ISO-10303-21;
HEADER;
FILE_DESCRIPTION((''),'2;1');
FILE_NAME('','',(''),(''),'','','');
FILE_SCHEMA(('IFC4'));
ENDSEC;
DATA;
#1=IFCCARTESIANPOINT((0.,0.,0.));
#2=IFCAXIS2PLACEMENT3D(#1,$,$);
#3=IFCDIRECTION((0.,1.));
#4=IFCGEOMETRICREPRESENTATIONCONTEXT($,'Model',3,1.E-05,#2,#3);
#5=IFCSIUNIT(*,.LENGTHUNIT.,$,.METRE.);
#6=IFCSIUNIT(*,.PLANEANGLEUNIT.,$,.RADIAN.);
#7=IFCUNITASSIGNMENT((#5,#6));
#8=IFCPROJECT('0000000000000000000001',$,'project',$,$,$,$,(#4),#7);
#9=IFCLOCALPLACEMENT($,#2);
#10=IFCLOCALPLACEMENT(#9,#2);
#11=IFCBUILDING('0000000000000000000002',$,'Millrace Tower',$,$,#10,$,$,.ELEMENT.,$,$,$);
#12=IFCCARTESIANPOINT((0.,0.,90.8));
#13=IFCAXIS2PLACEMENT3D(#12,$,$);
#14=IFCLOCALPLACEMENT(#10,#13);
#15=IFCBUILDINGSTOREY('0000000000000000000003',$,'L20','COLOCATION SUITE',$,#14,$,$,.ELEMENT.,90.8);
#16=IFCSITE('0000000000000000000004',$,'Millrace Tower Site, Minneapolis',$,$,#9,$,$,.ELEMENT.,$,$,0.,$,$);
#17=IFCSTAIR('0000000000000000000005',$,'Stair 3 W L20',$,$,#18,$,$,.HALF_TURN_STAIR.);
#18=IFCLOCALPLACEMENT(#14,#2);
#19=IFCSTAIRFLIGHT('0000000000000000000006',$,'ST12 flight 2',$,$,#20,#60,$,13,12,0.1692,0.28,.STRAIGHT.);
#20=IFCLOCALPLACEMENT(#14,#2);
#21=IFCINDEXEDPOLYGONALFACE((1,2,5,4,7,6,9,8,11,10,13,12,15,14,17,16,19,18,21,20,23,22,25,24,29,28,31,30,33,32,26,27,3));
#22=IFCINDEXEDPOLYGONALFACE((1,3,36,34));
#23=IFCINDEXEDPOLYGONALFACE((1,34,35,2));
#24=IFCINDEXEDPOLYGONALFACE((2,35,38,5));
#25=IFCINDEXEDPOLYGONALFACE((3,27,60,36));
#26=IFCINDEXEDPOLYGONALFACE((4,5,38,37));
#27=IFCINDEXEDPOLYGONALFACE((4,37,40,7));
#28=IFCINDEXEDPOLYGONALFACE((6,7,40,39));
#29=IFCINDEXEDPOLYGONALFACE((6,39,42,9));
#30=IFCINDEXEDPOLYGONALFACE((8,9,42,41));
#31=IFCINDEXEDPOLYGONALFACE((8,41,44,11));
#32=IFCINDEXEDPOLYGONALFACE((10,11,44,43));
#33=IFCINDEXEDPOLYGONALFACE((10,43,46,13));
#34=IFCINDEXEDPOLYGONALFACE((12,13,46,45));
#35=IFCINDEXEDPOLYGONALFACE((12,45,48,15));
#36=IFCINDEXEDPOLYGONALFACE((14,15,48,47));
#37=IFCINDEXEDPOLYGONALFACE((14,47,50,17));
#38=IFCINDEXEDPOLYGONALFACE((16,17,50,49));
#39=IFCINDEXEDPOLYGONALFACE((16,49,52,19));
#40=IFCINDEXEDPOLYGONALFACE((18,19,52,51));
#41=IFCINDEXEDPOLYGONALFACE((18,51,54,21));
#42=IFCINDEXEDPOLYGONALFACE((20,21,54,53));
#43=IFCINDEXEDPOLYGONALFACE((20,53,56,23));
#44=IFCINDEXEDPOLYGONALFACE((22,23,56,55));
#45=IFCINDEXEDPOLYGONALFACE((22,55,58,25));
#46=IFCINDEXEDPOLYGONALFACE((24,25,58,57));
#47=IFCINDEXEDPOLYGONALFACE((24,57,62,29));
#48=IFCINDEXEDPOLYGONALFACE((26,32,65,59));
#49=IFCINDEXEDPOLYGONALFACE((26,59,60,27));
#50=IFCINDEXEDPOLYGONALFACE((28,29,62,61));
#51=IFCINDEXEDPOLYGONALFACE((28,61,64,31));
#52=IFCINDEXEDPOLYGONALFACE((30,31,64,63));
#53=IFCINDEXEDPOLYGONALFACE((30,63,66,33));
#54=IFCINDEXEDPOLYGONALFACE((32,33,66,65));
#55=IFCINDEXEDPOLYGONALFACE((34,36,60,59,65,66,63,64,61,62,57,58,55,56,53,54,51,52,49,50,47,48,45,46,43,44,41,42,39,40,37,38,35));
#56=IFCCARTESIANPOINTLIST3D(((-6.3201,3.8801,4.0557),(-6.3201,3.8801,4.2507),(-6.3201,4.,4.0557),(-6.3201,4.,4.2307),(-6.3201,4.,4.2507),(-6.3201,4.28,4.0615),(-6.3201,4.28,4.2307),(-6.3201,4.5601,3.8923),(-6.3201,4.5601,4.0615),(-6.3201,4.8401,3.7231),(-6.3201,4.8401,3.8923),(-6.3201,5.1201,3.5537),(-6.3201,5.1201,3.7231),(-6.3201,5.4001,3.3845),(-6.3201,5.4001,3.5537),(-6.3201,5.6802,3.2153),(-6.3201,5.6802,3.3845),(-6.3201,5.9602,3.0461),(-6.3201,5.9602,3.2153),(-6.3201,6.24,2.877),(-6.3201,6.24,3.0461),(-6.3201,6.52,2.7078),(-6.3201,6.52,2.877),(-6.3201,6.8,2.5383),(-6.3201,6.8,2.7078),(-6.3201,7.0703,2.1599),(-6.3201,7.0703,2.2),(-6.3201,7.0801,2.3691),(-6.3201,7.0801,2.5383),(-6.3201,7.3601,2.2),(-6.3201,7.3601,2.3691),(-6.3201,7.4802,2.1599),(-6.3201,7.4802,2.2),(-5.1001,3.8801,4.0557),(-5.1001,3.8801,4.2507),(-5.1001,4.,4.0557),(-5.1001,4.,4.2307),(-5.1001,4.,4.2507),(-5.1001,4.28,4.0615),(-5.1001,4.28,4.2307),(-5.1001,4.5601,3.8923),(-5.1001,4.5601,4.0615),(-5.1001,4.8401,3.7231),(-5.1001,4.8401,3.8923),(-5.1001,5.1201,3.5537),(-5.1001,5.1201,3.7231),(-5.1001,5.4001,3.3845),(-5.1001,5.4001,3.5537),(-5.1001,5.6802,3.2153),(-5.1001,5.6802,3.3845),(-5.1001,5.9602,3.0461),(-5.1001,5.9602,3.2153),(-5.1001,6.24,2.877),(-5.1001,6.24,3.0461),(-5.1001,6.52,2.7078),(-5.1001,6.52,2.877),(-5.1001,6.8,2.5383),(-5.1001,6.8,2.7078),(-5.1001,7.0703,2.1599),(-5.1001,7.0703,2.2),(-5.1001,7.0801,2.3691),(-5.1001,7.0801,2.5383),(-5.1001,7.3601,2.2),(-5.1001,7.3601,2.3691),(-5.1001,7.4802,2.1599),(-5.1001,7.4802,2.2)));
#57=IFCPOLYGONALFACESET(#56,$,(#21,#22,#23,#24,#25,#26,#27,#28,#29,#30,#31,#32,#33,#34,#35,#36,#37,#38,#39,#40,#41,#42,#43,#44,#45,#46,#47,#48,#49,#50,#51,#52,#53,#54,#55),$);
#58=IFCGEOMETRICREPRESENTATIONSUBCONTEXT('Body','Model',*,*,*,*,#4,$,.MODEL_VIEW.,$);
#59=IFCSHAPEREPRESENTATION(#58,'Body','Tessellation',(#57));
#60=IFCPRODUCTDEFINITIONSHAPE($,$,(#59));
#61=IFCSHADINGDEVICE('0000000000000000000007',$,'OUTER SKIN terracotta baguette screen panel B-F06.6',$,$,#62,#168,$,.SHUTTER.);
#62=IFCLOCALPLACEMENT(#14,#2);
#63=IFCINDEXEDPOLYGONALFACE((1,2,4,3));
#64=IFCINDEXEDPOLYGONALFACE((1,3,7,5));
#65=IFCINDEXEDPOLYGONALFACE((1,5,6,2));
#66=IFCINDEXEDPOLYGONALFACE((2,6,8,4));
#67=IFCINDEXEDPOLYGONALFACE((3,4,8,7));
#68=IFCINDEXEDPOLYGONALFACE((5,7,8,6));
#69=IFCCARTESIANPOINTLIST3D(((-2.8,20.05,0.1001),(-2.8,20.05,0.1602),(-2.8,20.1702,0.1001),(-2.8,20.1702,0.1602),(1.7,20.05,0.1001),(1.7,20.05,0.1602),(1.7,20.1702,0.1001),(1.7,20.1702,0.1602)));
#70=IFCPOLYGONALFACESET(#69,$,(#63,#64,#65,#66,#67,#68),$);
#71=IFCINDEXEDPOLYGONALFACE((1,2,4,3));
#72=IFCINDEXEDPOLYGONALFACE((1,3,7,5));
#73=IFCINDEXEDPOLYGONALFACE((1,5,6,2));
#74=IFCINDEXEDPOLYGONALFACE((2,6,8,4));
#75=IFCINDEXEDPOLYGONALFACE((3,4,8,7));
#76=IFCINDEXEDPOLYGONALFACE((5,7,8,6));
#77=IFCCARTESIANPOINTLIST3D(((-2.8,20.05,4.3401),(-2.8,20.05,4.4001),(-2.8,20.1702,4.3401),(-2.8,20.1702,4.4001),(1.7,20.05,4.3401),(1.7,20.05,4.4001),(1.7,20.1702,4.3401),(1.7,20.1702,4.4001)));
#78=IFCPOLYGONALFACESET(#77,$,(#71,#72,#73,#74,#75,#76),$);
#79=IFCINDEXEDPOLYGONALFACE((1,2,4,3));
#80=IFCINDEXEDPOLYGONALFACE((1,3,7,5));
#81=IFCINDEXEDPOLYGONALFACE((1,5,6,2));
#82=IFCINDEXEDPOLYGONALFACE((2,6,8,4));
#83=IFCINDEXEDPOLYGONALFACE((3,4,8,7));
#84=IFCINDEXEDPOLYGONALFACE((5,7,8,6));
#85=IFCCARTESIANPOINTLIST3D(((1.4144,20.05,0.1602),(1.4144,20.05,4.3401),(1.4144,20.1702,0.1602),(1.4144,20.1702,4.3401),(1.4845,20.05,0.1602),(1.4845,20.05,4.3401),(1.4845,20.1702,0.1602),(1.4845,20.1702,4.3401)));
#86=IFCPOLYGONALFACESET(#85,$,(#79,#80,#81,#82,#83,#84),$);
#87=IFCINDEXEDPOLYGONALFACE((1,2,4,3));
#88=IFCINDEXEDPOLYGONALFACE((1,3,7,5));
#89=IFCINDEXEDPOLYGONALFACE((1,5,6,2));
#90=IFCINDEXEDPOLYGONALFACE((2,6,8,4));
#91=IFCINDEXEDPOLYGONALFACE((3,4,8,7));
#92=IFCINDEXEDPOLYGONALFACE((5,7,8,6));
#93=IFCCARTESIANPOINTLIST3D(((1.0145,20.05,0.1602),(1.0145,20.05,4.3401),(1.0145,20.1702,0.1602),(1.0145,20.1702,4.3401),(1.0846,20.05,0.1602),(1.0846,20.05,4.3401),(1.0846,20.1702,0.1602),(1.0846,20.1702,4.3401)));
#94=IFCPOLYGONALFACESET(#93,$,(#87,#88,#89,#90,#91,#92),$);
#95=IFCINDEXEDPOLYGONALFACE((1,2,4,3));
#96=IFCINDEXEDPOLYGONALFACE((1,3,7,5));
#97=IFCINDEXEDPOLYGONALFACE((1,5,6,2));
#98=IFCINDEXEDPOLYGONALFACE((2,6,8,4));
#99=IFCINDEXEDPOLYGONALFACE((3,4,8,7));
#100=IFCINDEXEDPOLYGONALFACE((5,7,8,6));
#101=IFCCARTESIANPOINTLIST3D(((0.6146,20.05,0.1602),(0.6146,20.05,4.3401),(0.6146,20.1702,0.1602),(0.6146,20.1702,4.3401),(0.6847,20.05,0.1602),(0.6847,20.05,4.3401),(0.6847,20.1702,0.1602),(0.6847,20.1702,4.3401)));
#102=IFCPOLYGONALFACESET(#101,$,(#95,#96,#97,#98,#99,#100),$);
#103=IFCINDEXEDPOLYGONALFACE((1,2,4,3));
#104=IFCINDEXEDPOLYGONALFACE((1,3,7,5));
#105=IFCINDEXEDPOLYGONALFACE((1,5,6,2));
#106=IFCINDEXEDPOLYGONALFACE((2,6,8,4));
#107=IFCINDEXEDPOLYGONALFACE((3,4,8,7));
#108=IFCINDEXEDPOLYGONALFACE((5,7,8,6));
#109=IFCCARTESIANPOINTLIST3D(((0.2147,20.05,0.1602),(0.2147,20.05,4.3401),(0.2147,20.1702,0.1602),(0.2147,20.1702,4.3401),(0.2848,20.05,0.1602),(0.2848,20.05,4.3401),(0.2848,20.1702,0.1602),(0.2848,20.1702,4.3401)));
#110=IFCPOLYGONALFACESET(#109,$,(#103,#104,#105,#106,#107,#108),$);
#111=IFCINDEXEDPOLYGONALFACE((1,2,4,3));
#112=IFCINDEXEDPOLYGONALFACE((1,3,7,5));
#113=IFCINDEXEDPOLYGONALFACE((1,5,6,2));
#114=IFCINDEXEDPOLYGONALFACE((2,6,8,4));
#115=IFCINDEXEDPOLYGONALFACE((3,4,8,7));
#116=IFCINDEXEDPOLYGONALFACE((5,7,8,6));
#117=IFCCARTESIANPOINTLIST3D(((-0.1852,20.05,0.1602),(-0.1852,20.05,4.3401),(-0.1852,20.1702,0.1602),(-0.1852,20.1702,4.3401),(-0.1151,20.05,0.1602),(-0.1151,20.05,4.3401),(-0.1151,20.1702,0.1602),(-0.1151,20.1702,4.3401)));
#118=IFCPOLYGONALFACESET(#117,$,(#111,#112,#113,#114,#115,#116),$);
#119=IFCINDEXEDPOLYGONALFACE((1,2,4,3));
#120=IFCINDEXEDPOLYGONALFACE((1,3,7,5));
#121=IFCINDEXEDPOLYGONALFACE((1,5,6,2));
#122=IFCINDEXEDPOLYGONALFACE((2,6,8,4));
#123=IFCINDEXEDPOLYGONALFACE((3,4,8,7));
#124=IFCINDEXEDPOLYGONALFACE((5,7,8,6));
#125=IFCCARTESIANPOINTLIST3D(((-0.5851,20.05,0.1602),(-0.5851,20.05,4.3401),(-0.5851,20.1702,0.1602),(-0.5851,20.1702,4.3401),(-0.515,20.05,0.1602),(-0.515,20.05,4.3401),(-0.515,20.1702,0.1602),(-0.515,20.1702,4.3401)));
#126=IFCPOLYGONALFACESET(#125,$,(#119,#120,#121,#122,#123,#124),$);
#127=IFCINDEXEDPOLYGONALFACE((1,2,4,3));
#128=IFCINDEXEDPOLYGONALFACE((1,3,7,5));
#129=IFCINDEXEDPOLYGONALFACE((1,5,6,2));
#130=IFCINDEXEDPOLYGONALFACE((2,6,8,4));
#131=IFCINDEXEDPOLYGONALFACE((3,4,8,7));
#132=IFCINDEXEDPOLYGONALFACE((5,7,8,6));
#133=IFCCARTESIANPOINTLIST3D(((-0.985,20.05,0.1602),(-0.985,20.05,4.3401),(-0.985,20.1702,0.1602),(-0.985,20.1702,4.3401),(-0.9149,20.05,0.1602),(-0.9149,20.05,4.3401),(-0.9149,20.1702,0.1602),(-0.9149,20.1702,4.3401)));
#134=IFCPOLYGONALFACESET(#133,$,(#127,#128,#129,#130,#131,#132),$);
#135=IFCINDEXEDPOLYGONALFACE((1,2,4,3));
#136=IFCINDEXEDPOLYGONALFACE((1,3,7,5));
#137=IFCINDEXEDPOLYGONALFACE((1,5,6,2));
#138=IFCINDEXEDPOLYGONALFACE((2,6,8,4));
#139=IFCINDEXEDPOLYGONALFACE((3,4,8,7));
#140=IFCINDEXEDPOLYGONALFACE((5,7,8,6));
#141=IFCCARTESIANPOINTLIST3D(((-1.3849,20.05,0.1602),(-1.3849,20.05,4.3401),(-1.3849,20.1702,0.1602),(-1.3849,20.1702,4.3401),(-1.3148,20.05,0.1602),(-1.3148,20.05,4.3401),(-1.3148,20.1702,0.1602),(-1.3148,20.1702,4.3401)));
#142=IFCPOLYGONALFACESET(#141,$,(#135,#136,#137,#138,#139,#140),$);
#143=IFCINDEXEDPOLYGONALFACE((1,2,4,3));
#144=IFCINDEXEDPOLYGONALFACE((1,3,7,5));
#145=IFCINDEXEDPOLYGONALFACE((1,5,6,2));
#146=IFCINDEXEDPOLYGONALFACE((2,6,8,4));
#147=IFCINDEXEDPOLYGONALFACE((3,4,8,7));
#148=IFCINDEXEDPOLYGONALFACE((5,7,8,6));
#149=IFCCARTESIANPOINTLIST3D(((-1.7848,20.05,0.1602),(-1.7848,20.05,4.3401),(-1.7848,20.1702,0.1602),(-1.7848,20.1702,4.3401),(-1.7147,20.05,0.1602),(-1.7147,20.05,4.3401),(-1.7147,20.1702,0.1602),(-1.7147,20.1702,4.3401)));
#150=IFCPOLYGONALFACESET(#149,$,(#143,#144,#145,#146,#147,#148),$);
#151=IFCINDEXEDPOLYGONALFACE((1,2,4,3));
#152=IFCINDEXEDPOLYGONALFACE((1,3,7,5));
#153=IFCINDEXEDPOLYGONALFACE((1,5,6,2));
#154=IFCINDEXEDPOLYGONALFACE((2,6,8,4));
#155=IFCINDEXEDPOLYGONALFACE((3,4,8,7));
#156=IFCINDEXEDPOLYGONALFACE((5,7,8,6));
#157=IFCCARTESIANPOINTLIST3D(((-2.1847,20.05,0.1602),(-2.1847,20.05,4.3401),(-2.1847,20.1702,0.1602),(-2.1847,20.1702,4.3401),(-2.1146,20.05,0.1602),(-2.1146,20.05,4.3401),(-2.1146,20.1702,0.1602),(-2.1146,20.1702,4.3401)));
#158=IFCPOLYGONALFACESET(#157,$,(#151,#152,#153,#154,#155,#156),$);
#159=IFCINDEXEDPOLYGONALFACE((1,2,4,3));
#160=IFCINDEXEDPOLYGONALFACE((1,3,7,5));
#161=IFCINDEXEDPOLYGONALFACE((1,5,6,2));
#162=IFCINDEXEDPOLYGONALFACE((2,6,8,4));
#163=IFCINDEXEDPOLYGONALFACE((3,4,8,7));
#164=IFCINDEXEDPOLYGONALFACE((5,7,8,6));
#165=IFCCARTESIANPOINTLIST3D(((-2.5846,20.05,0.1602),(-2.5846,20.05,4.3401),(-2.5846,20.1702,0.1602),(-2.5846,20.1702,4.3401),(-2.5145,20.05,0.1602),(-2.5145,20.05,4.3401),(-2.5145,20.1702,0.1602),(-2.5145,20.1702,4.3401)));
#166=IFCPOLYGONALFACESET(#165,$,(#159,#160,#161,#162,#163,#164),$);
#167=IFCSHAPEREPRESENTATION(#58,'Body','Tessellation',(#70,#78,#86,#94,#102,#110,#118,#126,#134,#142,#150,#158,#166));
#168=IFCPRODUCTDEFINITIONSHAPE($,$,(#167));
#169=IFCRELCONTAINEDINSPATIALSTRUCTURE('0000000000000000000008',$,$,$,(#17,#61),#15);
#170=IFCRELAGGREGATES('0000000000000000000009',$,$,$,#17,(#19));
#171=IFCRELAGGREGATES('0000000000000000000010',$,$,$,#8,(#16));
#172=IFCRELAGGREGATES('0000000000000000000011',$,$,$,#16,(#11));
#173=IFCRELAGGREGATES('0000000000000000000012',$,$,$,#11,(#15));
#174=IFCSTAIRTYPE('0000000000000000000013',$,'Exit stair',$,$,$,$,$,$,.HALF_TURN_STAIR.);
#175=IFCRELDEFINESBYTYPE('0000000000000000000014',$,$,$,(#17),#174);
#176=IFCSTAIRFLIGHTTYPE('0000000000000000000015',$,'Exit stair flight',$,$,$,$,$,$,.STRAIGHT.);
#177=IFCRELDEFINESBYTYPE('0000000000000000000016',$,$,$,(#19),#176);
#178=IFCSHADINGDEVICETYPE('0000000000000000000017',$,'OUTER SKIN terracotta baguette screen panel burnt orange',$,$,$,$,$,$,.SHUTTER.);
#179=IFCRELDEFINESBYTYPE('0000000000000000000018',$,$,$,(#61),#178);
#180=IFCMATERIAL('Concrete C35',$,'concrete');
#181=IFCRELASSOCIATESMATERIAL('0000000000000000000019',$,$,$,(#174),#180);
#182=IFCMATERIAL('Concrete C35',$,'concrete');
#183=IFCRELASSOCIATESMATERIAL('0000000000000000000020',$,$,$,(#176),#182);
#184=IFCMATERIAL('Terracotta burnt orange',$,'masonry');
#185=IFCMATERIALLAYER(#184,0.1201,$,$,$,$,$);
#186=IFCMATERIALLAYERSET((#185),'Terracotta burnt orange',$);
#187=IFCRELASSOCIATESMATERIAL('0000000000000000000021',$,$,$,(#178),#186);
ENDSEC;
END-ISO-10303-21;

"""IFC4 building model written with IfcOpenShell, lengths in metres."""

from ifc_helpers import new_model, entity, si_unit, direction, frame, frame_2d, origin, origin_2d, place, context, subcontext, project, spatial, polyline, rectangle, outline, extrude, source, transform, mapped, material, layer, layer_set, type_object, element, aggregate, save


model = new_model("IFC4")

# Units and contexts
model_context = context("Model", 3, precision=1e-05, world=origin(), true_north=direction((0.0, 1.0)))
body_context = subcontext(model_context, "Body", "Model", "MODEL_VIEW")
ifc_project = project(units=[si_unit("LENGTHUNIT", "METRE"), si_unit("PLANEANGLEUNIT", "RADIAN")], contexts=[model_context])

# Site, building, storey
site_placement = place(None, origin())
site = spatial("IfcSite", under=ifc_project, at=site_placement, Name="Millrace Tower Site, Minneapolis", CompositionType="ELEMENT", RefElevation=0.0)
building_placement = place(site_placement, origin())
building = spatial("IfcBuilding", under=site, at=building_placement, Name="Millrace Tower", CompositionType="ELEMENT")
storey_placement = place(building_placement, frame((0.0, 0.0, 90.8)))
storey = spatial("IfcBuildingStorey", under=building, at=storey_placement, Name="L20", Description="COLOCATION SUITE", CompositionType="ELEMENT", Elevation=90.8)

# Shared definitions
placement = place(storey_placement, origin())

# Shared definitions
ifc_material_1 = material(Name="Concrete C35", Category="concrete")
stair_type = type_object("IfcStairType", Name="Exit stair", PredefinedType="HALF_TURN_STAIR", material=ifc_material_1)
ifc_material_2 = material(Name="Concrete C35", Category="concrete")
stair_flight_type = type_object("IfcStairFlightType", Name="Exit stair flight", PredefinedType="STRAIGHT", material=ifc_material_2)

# Stair, stair flight
stair_1 = element("IfcStair", 1, at=placement, inside=storey, type_object=stair_type, Name="Stair 3 W L20", PredefinedType="HALF_TURN_STAIR")
stair_flight_1_placement = place(storey_placement, frame((-5.71, 7.3601, 2.2), z_axis=(0.0, 0.0, 1.0), x_axis=(0.0, -1.0, 0.0)))
stair_flight_1 = element("IfcStairFlight", 2, at=stair_flight_1_placement, type_object=stair_flight_type, Name="ST12 flight 2", NumberOfRisers=13, NumberOfTreads=12, PredefinedType="STRAIGHT", RiserHeight=0.1692, TreadLength=0.28, context=body_context, shape_type="SweptSolid", body=[
    extrude(outline(polyline([(-0.1201, -0.04), (-0.1201, 0.0), (0.0, 0.0), (0.0, 0.1692), (0.28, 0.1692), (0.28, 0.3384), (0.5601, 0.3384), (0.5601, 0.5078), (0.8401, 0.5078), (0.8401, 0.677), (1.1201, 0.677), (1.1201, 0.8462), (1.3999, 0.8462), (1.3999, 1.0154), (1.6799, 1.0154), (1.6799, 1.1846), (1.96, 1.1846), (1.96, 1.3538), (2.24, 1.3538), (2.24, 1.5232), (2.52, 1.5232), (2.52, 1.6924), (2.8, 1.6924), (2.8, 1.8616), (3.0801, 1.8616), (3.0801, 2.0308), (3.3601, 2.0308), (3.3601, 2.0508), (3.48, 2.0508), (3.48, 1.8557), (3.3601, 1.8557), (0.2898, 0.0), (0.2898, -0.04), (-0.1201, -0.04)])), frame((0.0, 0.6099, 0.0), z_axis=(0.0, -1.0, 0.0), x_axis=(1.0, 0.0, 0.0)), (0.0, 0.0, 1.0), 1.22),
])
aggregate(stair_1, [stair_flight_1])

# Shading device
ifc_material_3 = material(Name="Terracotta burnt orange", Category="masonry")
ifc_layer_1 = layer(ifc_material_3, 0.1201)
ifc_layer_set_1 = layer_set([ifc_layer_1], Name="Terracotta burnt orange")
shading_device_type = type_object("IfcShadingDeviceType", Name="OUTER SKIN terracotta baguette screen panel burnt orange", PredefinedType="SHUTTER", material=ifc_layer_set_1)
cartesian_point = entity("IfcCartesianPoint", [-2.25, 0.0601])
shared_polyline = entity("IfcPolyline", [cartesian_point, entity("IfcCartesianPoint", [2.25, 0.0601]), entity("IfcCartesianPoint", [2.25, -0.0601]), entity("IfcCartesianPoint", [-2.25, -0.0601]), cartesian_point])
shared_shape = source(origin(), body_context, "Body", "SweptSolid", [
    entity("IfcExtrudedAreaSolid", entity("IfcArbitraryClosedProfileDef", "AREA", None, shared_polyline), entity("IfcAxis2Placement3D", entity("IfcCartesianPoint", [0.0, 0.0, 0.0])), entity("IfcDirection", [0.0, 0.0, 1.0]), 0.0601),
    entity("IfcExtrudedAreaSolid", entity("IfcArbitraryClosedProfileDef", "AREA", None, shared_polyline), entity("IfcAxis2Placement3D", entity("IfcCartesianPoint", [0.0, 0.0, 4.24])), entity("IfcDirection", [0.0, 0.0, 1.0]), 0.0601),
    extrude(rectangle(XDim=0.0701, YDim=0.1201, at=frame_2d((-1.9995, 0.0))), frame((0.0, 0.0, 0.0601)), (0.0, 0.0, 1.0), 4.1799),
    extrude(rectangle(XDim=0.0701, YDim=0.1201, at=frame_2d((-1.5996, 0.0))), frame((0.0, 0.0, 0.0601)), (0.0, 0.0, 1.0), 4.1799),
    extrude(rectangle(XDim=0.0701, YDim=0.1201, at=frame_2d((-1.1997, 0.0))), frame((0.0, 0.0, 0.0601)), (0.0, 0.0, 1.0), 4.1799),
    extrude(rectangle(XDim=0.0701, YDim=0.1201, at=frame_2d((-0.7998, 0.0))), frame((0.0, 0.0, 0.0601)), (0.0, 0.0, 1.0), 4.1799),
    extrude(rectangle(XDim=0.0701, YDim=0.1201, at=frame_2d((-0.3999, 0.0))), frame((0.0, 0.0, 0.0601)), (0.0, 0.0, 1.0), 4.1799),
    extrude(rectangle(XDim=0.0701, YDim=0.1201, at=origin_2d()), frame((0.0, 0.0, 0.0601)), (0.0, 0.0, 1.0), 4.1799),
    extrude(rectangle(XDim=0.0701, YDim=0.1201, at=frame_2d((0.3999, 0.0))), frame((0.0, 0.0, 0.0601)), (0.0, 0.0, 1.0), 4.1799),
    extrude(rectangle(XDim=0.0701, YDim=0.1201, at=frame_2d((0.7998, 0.0))), frame((0.0, 0.0, 0.0601)), (0.0, 0.0, 1.0), 4.1799),
    extrude(rectangle(XDim=0.0701, YDim=0.1201, at=frame_2d((1.1997, 0.0))), frame((0.0, 0.0, 0.0601)), (0.0, 0.0, 1.0), 4.1799),
    extrude(rectangle(XDim=0.0701, YDim=0.1201, at=frame_2d((1.5996, 0.0))), frame((0.0, 0.0, 0.0601)), (0.0, 0.0, 1.0), 4.1799),
    extrude(rectangle(XDim=0.0701, YDim=0.1201, at=frame_2d((1.9995, 0.0))), frame((0.0, 0.0, 0.0601)), (0.0, 0.0, 1.0), 4.1799),
])
for number, where, z_axis, x_axis, name in (
    (3, (-0.55, 20.1101, 0.1001), (0.0, 0.0, 1.0), (-1.0, 0.0, 0.0), "OUTER SKIN terracotta baguette screen panel B-F06.6"),
):
    element("IfcShadingDevice", number, at=place(storey_placement, frame(where, z_axis=z_axis, x_axis=x_axis)), inside=storey, type_object=shading_device_type, Name=name, PredefinedType="SHUTTER", context=body_context, shape_type="MappedRepresentation", body=[
        mapped(shared_shape, transform((0.0, 0.0, 0.0), scale=1.0)),
    ])

save(model, "model.ifc")
